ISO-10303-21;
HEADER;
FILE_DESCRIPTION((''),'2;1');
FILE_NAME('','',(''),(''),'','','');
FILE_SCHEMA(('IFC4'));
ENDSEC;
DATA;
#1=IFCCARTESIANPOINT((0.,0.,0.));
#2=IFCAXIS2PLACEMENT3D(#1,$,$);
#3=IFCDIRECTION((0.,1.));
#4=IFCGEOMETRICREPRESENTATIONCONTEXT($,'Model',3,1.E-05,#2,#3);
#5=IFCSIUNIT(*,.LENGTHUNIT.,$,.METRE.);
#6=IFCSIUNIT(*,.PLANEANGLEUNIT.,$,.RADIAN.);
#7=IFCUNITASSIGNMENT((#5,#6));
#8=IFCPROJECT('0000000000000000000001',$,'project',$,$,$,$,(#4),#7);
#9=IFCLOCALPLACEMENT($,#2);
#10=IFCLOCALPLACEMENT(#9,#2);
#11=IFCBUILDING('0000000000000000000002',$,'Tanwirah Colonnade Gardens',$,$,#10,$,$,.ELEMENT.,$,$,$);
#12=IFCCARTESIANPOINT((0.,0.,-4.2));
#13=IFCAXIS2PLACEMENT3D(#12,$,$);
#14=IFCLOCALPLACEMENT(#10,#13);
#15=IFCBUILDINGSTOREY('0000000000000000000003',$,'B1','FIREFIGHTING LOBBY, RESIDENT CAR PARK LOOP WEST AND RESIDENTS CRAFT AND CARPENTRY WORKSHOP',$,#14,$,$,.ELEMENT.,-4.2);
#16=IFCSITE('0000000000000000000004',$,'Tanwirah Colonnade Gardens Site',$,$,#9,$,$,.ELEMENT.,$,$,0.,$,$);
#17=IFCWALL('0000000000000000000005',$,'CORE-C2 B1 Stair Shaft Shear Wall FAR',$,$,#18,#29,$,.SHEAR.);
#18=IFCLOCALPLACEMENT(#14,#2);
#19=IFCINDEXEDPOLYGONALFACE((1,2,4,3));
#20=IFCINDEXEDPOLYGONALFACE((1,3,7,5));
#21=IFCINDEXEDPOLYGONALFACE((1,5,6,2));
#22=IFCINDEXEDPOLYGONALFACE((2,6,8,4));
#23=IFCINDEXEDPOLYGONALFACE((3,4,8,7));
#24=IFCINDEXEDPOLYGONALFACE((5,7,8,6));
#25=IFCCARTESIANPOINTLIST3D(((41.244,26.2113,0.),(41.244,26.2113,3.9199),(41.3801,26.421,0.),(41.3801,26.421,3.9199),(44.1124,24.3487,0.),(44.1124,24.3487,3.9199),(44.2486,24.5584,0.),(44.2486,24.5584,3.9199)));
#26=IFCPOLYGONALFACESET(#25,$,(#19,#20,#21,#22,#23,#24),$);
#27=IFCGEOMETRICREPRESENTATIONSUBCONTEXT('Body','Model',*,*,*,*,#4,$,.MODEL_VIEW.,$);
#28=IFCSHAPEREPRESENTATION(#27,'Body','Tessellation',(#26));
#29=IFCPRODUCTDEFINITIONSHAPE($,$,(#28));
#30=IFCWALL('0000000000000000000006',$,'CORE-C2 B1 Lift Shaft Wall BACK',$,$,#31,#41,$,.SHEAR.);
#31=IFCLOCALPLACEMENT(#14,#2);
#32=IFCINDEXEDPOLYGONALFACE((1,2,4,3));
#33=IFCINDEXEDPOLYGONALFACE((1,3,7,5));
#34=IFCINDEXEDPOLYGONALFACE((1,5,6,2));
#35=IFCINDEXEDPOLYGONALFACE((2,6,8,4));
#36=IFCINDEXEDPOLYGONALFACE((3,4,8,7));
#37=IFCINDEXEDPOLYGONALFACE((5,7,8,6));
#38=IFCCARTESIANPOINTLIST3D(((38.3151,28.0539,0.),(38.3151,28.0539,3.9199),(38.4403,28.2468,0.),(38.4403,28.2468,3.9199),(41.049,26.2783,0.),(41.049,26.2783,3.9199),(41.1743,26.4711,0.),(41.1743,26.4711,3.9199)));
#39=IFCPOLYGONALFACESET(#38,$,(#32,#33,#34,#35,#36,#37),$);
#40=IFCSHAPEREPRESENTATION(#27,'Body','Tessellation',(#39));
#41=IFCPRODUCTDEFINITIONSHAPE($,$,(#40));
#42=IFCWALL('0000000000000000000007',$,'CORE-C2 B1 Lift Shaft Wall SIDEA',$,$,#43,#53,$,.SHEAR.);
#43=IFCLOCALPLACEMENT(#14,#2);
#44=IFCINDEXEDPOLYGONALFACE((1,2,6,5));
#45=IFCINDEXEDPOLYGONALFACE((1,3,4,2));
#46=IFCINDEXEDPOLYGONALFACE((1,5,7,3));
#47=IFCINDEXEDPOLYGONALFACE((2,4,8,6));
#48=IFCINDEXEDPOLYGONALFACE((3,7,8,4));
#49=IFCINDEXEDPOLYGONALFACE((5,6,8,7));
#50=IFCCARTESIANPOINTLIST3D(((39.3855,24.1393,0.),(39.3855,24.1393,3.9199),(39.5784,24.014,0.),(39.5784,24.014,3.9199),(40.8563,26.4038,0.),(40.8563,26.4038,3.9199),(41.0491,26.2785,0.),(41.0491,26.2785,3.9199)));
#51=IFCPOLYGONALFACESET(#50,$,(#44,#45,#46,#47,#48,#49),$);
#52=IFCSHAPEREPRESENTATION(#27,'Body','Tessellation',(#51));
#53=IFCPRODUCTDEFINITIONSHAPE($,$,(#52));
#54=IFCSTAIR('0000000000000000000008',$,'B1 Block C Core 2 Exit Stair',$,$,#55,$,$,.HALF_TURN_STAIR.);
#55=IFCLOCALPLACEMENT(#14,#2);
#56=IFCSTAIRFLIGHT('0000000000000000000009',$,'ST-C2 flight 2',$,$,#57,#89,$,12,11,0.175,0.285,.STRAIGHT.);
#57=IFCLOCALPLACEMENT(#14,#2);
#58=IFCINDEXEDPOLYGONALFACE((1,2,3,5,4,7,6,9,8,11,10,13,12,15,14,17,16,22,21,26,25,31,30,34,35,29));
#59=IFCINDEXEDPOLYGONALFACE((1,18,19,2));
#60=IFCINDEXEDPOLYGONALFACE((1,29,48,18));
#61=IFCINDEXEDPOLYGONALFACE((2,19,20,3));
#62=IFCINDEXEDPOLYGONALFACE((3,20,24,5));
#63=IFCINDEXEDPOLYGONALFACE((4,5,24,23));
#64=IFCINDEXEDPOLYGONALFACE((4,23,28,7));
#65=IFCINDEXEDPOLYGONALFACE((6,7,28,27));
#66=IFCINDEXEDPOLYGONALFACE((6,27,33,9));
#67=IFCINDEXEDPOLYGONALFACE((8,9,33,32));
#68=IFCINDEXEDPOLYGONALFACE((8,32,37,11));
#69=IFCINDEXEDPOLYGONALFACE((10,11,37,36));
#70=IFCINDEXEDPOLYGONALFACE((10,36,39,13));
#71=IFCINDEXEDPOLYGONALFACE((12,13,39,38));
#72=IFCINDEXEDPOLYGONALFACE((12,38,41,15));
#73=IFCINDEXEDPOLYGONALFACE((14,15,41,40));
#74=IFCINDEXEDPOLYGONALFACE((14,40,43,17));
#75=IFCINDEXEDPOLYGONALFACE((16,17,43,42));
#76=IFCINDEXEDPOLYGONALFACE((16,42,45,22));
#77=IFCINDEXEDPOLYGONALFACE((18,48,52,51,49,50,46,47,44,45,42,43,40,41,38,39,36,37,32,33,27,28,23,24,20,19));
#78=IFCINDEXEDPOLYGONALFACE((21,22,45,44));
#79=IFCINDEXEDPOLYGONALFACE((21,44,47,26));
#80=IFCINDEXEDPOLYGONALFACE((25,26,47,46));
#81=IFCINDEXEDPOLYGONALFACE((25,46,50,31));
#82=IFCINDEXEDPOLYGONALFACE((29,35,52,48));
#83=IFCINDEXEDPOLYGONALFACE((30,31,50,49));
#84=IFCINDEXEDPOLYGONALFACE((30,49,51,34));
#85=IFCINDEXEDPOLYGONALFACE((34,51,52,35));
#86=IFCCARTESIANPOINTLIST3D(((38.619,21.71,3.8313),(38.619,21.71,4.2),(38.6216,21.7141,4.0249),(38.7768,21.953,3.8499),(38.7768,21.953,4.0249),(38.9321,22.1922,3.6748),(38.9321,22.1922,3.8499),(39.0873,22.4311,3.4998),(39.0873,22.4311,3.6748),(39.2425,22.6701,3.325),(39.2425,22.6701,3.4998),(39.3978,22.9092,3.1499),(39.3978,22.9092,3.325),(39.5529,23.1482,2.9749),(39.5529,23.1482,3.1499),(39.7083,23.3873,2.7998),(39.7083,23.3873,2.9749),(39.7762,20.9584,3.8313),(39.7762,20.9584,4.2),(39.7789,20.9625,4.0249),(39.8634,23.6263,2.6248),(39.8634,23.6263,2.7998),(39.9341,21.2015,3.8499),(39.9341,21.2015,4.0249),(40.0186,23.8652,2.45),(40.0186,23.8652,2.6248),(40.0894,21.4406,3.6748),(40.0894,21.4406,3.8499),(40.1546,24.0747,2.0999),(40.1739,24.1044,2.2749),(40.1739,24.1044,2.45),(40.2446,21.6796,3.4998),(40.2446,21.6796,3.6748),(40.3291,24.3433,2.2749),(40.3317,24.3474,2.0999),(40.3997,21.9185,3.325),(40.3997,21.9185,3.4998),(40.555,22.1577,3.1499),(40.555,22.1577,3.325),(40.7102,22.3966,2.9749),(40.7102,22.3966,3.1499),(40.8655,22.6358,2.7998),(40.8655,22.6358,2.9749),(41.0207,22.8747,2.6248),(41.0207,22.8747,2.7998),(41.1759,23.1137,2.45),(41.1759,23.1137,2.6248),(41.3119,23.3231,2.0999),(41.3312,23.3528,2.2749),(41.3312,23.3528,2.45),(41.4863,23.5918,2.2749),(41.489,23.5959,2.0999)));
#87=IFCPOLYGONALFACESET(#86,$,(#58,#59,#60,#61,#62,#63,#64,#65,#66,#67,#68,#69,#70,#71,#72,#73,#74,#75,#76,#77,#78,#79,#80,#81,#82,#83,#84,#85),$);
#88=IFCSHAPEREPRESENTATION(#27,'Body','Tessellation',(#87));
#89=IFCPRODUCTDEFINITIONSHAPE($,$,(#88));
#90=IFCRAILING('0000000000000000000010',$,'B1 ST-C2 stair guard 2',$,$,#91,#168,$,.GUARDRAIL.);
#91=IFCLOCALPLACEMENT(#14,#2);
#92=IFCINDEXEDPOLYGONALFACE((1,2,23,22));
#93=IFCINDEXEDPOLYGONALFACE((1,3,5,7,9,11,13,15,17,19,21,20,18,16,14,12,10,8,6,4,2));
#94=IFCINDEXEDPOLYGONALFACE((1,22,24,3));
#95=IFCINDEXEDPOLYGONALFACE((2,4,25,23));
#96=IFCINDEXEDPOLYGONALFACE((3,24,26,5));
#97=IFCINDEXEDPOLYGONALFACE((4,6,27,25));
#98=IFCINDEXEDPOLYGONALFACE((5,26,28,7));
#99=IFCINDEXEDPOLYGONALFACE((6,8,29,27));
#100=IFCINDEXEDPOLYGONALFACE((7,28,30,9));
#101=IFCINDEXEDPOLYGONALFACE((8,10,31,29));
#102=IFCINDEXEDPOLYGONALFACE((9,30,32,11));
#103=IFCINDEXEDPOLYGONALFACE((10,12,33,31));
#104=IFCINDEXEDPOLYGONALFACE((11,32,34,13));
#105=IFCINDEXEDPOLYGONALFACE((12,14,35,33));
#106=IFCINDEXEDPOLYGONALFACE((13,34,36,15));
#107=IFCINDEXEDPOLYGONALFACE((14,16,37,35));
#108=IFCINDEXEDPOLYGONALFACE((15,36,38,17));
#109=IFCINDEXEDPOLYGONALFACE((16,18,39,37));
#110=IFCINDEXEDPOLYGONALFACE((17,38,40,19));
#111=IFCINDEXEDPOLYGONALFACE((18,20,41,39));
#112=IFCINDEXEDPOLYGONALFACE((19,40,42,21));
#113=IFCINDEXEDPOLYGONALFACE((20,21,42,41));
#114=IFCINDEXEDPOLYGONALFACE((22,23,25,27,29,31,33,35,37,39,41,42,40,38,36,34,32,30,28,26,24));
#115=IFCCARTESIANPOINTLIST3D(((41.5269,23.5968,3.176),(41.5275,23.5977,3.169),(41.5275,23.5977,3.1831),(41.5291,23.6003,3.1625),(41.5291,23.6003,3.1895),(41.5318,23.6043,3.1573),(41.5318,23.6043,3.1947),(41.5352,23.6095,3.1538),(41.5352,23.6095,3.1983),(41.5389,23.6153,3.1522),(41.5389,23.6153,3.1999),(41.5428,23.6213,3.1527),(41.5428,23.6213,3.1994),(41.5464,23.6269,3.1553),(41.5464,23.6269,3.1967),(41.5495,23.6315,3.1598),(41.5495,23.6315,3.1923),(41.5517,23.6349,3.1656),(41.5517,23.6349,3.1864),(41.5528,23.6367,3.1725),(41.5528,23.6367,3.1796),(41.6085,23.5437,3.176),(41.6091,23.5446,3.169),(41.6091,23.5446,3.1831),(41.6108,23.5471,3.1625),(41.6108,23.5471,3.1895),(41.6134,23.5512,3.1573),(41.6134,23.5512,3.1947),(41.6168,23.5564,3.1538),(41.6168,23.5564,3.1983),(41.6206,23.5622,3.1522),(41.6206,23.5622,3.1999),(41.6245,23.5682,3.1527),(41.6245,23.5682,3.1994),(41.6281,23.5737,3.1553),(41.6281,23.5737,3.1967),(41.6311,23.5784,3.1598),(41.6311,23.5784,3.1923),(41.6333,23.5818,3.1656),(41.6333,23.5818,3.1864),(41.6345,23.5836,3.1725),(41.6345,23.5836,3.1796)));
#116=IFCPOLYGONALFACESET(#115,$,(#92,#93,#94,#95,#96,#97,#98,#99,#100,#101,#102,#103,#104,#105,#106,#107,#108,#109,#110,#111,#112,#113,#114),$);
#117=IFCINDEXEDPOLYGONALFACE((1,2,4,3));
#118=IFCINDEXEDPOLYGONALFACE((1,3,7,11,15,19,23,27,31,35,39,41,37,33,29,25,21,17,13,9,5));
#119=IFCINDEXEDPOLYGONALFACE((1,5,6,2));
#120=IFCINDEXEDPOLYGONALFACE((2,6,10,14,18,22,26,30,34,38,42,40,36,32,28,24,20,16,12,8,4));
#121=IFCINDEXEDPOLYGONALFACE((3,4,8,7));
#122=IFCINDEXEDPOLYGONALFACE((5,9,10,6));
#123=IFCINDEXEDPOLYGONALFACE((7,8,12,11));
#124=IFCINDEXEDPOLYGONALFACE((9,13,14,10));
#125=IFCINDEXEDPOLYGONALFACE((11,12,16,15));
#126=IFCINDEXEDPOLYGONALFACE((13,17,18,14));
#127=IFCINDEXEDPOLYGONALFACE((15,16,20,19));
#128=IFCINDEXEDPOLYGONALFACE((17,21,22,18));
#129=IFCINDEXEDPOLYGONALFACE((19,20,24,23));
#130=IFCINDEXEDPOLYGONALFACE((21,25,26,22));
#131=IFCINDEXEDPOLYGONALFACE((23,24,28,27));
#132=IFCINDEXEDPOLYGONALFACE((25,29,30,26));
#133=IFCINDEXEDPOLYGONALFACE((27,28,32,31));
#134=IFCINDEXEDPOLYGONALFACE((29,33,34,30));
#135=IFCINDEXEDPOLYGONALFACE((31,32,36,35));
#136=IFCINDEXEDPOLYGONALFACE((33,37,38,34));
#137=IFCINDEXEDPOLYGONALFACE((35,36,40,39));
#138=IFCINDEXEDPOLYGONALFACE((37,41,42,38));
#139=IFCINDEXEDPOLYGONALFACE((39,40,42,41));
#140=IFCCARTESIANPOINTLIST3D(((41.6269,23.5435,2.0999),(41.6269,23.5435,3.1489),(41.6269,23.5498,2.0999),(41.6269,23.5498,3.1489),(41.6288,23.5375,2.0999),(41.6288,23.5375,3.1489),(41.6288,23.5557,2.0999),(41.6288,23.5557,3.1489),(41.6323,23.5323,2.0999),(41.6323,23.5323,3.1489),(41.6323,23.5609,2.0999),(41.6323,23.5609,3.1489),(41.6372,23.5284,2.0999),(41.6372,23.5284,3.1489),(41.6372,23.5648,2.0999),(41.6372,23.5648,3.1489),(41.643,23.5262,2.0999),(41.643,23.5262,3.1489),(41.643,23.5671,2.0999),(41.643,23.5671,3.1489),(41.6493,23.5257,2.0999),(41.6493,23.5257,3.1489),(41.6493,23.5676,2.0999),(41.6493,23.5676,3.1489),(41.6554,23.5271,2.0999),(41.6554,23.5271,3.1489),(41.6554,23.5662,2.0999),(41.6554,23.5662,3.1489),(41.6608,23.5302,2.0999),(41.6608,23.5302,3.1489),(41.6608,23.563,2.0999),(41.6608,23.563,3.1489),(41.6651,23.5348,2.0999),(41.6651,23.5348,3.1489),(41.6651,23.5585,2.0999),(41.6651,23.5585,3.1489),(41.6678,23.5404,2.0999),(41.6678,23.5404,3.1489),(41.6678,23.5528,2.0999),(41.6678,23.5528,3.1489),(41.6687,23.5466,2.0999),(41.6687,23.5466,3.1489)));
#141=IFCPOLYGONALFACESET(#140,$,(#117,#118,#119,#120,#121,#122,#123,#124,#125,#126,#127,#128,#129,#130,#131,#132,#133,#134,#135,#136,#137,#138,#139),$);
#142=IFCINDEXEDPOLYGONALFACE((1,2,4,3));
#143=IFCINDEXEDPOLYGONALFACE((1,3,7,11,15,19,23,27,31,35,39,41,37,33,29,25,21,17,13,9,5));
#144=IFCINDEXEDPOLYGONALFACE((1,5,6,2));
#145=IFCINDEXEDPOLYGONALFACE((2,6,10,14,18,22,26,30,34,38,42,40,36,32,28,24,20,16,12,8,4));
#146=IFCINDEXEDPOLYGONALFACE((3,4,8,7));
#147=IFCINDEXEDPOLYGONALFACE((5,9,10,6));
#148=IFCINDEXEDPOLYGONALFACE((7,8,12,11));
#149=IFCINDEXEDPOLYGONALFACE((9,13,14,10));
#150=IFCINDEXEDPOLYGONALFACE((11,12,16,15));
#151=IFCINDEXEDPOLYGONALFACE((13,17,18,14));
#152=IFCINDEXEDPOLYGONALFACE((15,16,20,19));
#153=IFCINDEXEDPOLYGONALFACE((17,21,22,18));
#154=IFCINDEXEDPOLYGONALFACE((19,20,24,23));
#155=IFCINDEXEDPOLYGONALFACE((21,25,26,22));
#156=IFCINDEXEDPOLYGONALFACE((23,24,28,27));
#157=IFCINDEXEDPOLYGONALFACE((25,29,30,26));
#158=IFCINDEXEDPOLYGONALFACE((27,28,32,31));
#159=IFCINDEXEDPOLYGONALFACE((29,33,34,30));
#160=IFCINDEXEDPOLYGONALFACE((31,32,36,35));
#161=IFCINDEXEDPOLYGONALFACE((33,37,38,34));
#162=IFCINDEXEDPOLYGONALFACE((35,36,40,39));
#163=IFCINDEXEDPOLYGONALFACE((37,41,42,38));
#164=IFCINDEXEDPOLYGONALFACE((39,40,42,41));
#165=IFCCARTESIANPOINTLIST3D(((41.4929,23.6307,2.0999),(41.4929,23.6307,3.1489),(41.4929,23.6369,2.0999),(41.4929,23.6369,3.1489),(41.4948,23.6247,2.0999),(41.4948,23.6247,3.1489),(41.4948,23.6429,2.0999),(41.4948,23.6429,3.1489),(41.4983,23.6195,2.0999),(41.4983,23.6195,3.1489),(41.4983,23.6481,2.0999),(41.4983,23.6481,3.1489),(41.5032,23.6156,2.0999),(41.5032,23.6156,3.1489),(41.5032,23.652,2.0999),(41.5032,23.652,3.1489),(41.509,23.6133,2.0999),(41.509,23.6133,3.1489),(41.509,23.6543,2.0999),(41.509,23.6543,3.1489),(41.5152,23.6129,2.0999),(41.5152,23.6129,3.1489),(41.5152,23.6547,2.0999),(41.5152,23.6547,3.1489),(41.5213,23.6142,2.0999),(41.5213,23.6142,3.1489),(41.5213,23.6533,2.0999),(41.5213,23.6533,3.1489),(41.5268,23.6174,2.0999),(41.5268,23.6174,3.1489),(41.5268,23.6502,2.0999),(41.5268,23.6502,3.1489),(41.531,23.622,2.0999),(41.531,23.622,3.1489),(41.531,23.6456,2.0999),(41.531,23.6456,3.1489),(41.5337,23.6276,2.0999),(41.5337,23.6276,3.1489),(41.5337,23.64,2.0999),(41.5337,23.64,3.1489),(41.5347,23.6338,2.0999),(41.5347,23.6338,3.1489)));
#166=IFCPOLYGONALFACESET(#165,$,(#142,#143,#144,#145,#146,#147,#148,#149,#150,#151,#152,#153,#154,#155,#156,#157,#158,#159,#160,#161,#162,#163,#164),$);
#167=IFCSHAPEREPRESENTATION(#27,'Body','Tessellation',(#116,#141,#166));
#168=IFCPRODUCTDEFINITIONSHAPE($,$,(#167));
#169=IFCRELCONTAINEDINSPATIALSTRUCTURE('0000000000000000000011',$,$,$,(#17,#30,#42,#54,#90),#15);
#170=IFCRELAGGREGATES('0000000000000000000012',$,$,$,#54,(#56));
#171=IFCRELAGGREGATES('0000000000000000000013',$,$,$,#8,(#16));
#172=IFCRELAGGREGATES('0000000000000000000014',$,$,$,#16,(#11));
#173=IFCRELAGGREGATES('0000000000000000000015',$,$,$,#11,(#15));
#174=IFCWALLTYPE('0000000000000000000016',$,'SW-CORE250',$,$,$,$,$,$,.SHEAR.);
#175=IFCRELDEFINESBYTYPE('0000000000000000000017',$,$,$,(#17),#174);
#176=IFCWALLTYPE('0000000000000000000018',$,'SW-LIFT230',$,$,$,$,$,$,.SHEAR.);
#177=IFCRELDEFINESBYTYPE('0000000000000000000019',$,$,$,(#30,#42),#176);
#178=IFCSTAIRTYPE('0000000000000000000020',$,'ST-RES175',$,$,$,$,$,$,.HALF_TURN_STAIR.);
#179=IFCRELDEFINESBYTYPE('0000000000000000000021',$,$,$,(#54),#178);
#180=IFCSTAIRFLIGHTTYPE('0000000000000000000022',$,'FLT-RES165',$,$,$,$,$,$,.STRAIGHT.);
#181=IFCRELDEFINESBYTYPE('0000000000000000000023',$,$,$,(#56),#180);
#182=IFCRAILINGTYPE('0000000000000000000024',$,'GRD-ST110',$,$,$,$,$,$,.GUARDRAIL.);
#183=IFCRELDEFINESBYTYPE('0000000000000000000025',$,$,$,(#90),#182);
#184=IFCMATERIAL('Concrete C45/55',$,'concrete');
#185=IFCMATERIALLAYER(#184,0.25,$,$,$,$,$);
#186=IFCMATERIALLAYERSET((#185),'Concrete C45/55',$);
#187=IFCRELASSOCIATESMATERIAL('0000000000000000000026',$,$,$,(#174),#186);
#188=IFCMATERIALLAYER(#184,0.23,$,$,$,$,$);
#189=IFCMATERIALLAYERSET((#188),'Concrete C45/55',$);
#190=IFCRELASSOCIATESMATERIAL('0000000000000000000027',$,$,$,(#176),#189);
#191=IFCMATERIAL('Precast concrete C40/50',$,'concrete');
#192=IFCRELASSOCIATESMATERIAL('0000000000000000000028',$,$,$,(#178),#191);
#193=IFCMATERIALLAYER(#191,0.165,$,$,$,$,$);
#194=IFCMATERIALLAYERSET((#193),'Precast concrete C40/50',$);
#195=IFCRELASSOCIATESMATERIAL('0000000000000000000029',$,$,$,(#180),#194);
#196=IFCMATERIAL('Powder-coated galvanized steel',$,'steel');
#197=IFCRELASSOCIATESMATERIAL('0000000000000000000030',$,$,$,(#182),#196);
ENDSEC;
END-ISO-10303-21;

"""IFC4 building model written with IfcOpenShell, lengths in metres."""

from ifc_helpers import new_model, si_unit, direction, frame, frame_2d, origin, origin_2d, place, context, subcontext, project, spatial, polyline, rectangle, circle, outline, extrude, material, layer, layer_set, type_object, element, aggregate, save


model = new_model("IFC4")

# Units and contexts
model_context = context("Model", 3, precision=1e-05, world=origin(), true_north=direction((0.0, 1.0)))
body_context = subcontext(model_context, "Body", "Model", "MODEL_VIEW")
ifc_project = project(units=[si_unit("LENGTHUNIT", "METRE"), si_unit("PLANEANGLEUNIT", "RADIAN")], contexts=[model_context])

# Site, building, storey
site_placement = place(None, origin())
site = spatial("IfcSite", under=ifc_project, at=site_placement, Name="Tanwirah Colonnade Gardens Site", CompositionType="ELEMENT", RefElevation=0.0)
building_placement = place(site_placement, origin())
building = spatial("IfcBuilding", under=site, at=building_placement, Name="Tanwirah Colonnade Gardens", CompositionType="ELEMENT")
storey_placement = place(building_placement, frame((0.0, 0.0, -4.2)))
storey = spatial("IfcBuildingStorey", under=building, at=storey_placement, Name="B1", Description="FIREFIGHTING LOBBY, RESIDENT CAR PARK LOOP WEST AND RESIDENTS CRAFT AND CARPENTRY WORKSHOP", CompositionType="ELEMENT", Elevation=-4.2)

# Shared definitions
ifc_material_1 = material(Name="Concrete C45/55", Category="concrete")

# Shared definitions
ifc_material_2 = material(Name="Precast concrete C40/50", Category="concrete")

# Wall
ifc_layer_1 = layer(ifc_material_1, 0.25)
ifc_layer_set_1 = layer_set([ifc_layer_1], Name="Concrete C45/55")
wall_type_1 = type_object("IfcWallType", Name="SW-CORE250", PredefinedType="SHEAR", material=ifc_layer_set_1)
wall_1_placement = place(storey_placement, frame((44.1804, 24.4536, 0.0), z_axis=(0.0, 0.0, 1.0), x_axis=(-0.8387, 0.544594, 0.0)))
element("IfcWall", 1, at=wall_1_placement, inside=storey, type_object=wall_type_1, Name="CORE-C2 B1 Stair Shaft Shear Wall FAR", PredefinedType="SHEAR", context=body_context, shape_type="SweptSolid", body=[
    extrude(rectangle(XDim=3.4202, YDim=0.25, at=frame_2d((1.71, 0.0))), origin(), (0.0, 0.0, 1.0), 3.9199),
])

# Shared definitions
ifc_layer_2 = layer(ifc_material_1, 0.23)
ifc_layer_set_2 = layer_set([ifc_layer_2], Name="Concrete C45/55")
wall_type_2 = type_object("IfcWallType", Name="SW-LIFT230", PredefinedType="SHEAR", material=ifc_layer_set_2)

# Walls
wall_2_placement = place(storey_placement, frame((41.1116, 26.3748, 0.0), z_axis=(0.0, 0.0, 1.0), x_axis=(-0.838639, 0.544688, 0.0)))
element("IfcWall", 2, at=wall_2_placement, inside=storey, type_object=wall_type_2, Name="CORE-C2 B1 Lift Shaft Wall BACK", PredefinedType="SHEAR", context=body_context, shape_type="SweptSolid", body=[
    extrude(rectangle(XDim=3.26, YDim=0.23, at=frame_2d((1.6299, 0.0))), origin(), (0.0, 0.0, 1.0), 3.9199),
])
wall_3_placement = place(storey_placement, frame((39.4819, 24.0767, 0.0), z_axis=(0.0, 0.0, 1.0), x_axis=(0.544686, 0.83864, 0.0)))
element("IfcWall", 3, at=wall_3_placement, inside=storey, type_object=wall_type_2, Name="CORE-C2 B1 Lift Shaft Wall SIDEA", PredefinedType="SHEAR", context=body_context, shape_type="SweptSolid", body=[
    extrude(rectangle(XDim=2.7002, YDim=0.23, at=frame_2d((1.3501, 0.0))), origin(), (0.0, 0.0, 1.0), 3.9199),
])

# Stair, stair flight
stair_type = type_object("IfcStairType", Name="ST-RES175", PredefinedType="HALF_TURN_STAIR", material=ifc_material_2)
stair_placement = place(storey_placement, origin())
stair = element("IfcStair", 4, at=stair_placement, inside=storey, type_object=stair_type, Name="B1 Block C Core 2 Exit Stair", PredefinedType="HALF_TURN_STAIR")
ifc_layer_3 = layer(ifc_material_2, 0.165)
ifc_layer_set_3 = layer_set([ifc_layer_3], Name="Precast concrete C40/50")
stair_flight_type = type_object("IfcStairFlightType", Name="FLT-RES165", PredefinedType="STRAIGHT", material=ifc_layer_set_3)
stair_flight_placement = place(storey_placement, frame((40.9077, 23.9675, 2.0999), z_axis=(0.0, 0.0, 1.0), x_axis=(-0.544639, -0.838671, 0.0)))
stair_flight = element("IfcStairFlight", 5, at=stair_flight_placement, type_object=stair_flight_type, Name="ST-C2 flight 2", NumberOfRisers=12, NumberOfTreads=11, PredefinedType="STRAIGHT", RiserHeight=0.175, TreadLength=0.285, context=body_context, shape_type="SweptSolid", body=[
    extrude(outline(polyline([(-0.0049, 0.0), (0.0, 0.175), (0.2849, 0.175), (0.2849, 0.3501), (0.5701, 0.3501), (0.5701, 0.5249), (0.855, 0.5249), (0.855, 0.7), (1.1399, 0.7), (1.1399, 0.875), (1.425, 0.875), (1.425, 1.05), (1.71, 1.05), (1.71, 1.2251), (1.9951, 1.2251), (1.9951, 1.3999), (2.28, 1.3999), (2.28, 1.575), (2.5649, 1.575), (2.5649, 1.75), (2.8501, 1.75), (2.8501, 1.925), (3.135, 1.925), (3.1399, 2.1001), (3.1399, 1.7314), (0.3203, 0.0), (-0.0049, 0.0)])), frame((0.0, 0.6899, 0.0), z_axis=(0.0, -1.0, 0.0), x_axis=(1.0, 0.0, 0.0)), (0.0, 0.0, 1.0), 1.3799),
])
aggregate(stair, [stair_flight])

# Railing
ifc_material_3 = material(Name="Powder-coated galvanized steel", Category="steel")
railing_type_1 = type_object("IfcRailingType", Name="GRD-ST110", PredefinedType="GUARDRAIL", material=ifc_material_3)
railing_1_placement = place(storey_placement, frame((41.6477, 23.5466, 2.0999)))
element("IfcRailing", 6, at=railing_1_placement, inside=storey, type_object=railing_type_1, Name="B1 ST-C2 stair guard 2", PredefinedType="GUARDRAIL", context=body_context, shape_type="SweptSolid", body=[
    extrude(circle(Radius=0.0239, at=origin_2d()), frame((-0.0261, 0.0171, 1.0762), z_axis=(-0.838339, 0.545149, 0.0), x_axis=(-0.545149, -0.838339, 0.0)), (0.0, 0.0, 1.0), 0.0974),
    extrude(circle(Radius=0.021, at=origin_2d()), origin(), (0.0, 0.0, 1.0), 1.0491),
    extrude(circle(Radius=0.021, at=origin_2d()), frame((-0.134, 0.0872, 0.0)), (0.0, 0.0, 1.0), 1.0491),
])

save(model, "model.ifc")
